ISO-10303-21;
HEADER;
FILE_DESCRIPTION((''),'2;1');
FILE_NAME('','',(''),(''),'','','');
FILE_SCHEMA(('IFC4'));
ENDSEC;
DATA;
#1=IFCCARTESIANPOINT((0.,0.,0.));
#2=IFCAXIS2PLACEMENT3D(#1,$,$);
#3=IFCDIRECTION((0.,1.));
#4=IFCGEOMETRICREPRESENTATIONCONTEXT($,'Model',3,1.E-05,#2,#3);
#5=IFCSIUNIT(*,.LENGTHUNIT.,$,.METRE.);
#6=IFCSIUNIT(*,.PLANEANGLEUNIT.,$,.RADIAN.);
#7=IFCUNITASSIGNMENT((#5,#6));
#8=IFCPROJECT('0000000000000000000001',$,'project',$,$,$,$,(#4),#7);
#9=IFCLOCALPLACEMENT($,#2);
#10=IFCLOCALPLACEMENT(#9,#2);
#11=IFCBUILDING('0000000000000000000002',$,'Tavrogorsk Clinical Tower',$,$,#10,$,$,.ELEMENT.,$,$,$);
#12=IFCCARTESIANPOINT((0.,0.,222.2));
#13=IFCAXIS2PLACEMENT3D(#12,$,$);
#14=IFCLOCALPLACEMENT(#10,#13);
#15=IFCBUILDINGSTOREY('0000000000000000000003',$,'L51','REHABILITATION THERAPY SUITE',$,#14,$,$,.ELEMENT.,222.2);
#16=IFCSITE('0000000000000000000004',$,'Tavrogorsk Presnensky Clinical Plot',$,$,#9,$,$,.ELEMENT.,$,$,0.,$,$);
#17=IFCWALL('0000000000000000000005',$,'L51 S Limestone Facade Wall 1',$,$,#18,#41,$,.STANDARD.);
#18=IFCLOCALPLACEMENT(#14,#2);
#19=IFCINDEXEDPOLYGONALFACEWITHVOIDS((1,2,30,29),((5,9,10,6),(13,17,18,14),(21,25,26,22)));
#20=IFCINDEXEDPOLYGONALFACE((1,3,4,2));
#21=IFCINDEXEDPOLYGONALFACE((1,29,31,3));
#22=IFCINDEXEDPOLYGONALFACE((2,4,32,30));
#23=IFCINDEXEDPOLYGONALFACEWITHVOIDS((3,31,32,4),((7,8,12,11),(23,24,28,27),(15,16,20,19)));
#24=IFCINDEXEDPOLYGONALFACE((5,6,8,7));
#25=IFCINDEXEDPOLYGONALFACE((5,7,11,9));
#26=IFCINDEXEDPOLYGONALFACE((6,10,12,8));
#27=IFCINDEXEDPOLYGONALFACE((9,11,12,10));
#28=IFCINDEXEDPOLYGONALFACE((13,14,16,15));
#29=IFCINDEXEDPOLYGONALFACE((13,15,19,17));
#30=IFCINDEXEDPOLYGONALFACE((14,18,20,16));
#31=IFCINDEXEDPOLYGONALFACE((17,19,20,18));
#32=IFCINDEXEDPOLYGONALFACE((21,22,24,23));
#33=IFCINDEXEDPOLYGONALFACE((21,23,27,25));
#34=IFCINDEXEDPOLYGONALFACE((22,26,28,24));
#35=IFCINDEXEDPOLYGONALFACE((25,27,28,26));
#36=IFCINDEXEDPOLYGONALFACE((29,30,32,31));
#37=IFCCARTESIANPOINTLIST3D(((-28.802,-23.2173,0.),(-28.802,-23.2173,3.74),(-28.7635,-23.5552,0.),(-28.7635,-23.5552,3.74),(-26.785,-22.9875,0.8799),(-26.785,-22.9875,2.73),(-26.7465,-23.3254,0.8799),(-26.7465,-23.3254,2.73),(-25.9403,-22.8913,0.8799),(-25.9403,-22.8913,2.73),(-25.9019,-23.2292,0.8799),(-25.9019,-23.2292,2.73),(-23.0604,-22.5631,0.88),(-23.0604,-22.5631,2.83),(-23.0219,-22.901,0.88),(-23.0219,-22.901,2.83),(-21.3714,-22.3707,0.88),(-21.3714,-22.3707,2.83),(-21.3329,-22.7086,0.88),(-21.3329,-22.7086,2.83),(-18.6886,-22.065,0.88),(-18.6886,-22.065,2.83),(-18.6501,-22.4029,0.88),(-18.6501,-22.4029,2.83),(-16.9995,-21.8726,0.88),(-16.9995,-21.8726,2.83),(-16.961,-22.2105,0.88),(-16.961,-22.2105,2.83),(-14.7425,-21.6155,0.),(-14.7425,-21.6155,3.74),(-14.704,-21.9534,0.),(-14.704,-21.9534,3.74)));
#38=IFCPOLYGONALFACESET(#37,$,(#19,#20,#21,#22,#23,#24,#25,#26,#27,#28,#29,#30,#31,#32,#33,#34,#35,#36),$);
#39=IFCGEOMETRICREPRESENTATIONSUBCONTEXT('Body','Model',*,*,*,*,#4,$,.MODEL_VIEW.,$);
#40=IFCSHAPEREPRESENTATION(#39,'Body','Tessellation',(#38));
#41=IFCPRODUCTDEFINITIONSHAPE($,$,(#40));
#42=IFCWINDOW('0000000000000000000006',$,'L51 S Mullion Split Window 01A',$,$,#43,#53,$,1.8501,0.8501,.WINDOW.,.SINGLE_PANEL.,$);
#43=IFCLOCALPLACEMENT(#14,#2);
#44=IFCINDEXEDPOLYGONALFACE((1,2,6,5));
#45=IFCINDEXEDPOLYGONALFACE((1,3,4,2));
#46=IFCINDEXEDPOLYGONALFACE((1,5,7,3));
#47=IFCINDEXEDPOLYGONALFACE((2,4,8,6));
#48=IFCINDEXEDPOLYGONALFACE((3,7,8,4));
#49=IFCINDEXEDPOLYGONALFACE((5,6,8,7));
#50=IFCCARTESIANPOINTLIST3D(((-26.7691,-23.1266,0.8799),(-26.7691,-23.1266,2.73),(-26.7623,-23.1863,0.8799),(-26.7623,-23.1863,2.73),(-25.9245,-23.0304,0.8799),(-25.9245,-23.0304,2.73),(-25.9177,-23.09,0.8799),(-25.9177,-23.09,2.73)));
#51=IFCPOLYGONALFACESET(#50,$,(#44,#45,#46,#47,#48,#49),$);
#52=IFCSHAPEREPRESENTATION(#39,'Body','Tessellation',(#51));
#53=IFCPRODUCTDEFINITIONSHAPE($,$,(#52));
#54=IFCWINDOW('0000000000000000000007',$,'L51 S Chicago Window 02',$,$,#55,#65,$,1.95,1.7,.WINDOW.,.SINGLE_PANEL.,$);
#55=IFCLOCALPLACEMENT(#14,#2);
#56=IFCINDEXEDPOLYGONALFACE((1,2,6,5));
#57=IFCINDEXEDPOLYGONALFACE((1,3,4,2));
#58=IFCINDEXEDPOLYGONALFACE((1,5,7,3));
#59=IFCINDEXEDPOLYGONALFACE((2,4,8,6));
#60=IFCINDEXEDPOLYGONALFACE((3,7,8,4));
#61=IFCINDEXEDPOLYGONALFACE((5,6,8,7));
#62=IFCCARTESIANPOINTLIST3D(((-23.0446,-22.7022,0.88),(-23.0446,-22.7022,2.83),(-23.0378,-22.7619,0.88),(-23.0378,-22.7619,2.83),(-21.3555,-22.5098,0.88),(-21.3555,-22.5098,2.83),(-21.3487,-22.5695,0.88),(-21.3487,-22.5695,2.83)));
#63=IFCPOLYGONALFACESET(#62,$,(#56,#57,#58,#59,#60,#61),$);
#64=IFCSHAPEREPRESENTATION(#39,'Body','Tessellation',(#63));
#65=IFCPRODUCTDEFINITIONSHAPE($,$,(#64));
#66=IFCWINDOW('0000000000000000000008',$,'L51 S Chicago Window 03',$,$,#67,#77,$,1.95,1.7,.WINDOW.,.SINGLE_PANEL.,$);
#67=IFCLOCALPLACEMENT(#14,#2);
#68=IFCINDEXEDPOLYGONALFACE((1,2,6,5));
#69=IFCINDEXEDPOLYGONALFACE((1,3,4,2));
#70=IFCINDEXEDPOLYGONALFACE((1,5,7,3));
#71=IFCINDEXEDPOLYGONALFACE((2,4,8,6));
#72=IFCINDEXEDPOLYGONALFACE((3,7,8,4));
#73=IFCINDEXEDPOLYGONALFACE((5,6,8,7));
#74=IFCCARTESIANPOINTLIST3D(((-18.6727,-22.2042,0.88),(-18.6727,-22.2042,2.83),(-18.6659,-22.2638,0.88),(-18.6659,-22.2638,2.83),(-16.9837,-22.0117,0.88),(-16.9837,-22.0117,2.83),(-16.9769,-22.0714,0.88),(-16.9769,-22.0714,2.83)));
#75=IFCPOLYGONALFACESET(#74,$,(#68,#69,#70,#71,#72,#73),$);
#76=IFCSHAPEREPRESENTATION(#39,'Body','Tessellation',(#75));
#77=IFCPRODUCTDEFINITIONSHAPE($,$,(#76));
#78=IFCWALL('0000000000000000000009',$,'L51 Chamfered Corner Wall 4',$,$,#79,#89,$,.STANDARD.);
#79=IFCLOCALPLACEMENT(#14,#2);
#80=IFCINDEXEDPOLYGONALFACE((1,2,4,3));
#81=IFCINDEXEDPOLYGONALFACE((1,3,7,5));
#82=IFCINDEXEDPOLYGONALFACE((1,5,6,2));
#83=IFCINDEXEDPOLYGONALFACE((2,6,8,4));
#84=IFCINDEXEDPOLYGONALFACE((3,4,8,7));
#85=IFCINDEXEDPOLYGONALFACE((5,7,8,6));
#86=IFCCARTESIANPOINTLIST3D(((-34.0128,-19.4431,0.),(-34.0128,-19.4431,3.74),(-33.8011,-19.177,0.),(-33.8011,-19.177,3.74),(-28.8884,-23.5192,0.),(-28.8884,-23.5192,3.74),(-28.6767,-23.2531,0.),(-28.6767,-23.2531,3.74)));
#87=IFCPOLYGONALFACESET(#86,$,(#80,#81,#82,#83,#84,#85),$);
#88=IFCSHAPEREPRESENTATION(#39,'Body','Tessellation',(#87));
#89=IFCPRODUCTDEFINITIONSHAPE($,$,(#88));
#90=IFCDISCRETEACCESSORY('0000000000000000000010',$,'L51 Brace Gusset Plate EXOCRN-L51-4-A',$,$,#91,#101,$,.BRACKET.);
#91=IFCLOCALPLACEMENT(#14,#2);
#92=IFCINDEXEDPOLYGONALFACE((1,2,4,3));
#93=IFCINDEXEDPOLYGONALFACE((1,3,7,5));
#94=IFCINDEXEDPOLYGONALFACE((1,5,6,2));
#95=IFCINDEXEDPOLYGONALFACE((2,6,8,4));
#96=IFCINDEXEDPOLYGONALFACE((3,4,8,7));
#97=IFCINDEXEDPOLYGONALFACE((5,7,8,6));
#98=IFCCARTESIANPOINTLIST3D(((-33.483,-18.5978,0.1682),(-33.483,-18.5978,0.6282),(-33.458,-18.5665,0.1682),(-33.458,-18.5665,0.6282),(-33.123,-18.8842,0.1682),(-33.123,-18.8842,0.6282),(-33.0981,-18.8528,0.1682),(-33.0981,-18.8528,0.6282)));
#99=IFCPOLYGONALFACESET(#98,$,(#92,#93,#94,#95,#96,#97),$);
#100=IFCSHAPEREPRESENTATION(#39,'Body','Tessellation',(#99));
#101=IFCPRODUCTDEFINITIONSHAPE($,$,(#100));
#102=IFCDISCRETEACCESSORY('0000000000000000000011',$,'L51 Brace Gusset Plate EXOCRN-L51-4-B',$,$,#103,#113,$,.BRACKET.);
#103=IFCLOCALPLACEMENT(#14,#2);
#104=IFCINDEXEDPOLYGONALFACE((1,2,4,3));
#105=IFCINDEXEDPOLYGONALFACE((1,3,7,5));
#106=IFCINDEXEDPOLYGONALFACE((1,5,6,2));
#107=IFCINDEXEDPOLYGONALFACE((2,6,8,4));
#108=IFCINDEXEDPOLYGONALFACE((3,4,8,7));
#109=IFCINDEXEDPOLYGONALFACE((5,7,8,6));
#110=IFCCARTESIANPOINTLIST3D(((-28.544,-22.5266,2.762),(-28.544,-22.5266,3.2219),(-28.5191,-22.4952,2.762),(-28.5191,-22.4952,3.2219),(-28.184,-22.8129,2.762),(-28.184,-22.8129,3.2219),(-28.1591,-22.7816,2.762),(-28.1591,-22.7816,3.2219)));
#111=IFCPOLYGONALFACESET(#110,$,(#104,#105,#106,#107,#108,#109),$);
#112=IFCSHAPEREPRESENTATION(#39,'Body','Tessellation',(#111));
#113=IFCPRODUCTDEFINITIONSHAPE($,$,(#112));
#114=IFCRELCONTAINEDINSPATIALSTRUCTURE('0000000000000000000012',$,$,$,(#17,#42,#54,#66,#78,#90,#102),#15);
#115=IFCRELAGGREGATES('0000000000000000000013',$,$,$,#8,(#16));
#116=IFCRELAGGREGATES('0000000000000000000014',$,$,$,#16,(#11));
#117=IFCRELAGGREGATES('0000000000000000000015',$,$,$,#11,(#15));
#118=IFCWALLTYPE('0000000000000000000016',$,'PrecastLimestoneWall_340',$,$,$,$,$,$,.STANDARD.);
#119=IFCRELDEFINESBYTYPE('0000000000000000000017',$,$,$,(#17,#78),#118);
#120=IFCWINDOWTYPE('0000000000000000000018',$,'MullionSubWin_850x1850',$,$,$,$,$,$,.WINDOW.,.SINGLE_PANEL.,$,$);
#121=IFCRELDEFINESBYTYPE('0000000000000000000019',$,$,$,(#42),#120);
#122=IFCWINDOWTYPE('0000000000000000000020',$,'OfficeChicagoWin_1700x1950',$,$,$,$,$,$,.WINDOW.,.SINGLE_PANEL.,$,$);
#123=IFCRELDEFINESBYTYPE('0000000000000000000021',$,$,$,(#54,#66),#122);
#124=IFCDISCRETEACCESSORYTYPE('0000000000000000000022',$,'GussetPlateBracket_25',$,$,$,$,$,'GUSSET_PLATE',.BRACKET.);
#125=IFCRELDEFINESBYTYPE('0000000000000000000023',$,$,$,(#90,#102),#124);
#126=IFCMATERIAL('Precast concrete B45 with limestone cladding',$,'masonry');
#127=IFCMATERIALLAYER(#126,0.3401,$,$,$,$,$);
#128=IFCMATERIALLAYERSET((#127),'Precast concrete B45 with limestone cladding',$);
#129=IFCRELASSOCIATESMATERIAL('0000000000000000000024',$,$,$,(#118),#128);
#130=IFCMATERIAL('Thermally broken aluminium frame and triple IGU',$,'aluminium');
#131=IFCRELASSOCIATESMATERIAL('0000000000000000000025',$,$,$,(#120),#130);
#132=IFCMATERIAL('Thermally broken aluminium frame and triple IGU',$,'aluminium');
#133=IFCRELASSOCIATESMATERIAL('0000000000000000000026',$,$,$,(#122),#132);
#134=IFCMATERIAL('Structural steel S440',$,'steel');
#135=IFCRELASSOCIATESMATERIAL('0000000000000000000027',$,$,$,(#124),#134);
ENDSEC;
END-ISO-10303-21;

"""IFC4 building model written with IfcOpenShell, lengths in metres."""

from ifc_helpers import new_model, si_unit, direction, frame, frame_2d, origin, origin_2d, place, context, subcontext, project, spatial, rectangle, extrude, material, layer, layer_set, type_object, element, fill, save


model = new_model("IFC4")

# Units and contexts
model_context = context("Model", 3, precision=1e-05, world=origin(), true_north=direction((0.0, 1.0)))
body_context = subcontext(model_context, "Body", "Model", "MODEL_VIEW")
ifc_project = project(units=[si_unit("LENGTHUNIT", "METRE"), si_unit("PLANEANGLEUNIT", "RADIAN")], contexts=[model_context])

# Site, building, storey
site_placement = place(None, origin())
site = spatial("IfcSite", under=ifc_project, at=site_placement, Name="Tavrogorsk Presnensky Clinical Plot", CompositionType="ELEMENT", RefElevation=0.0)
building_placement = place(site_placement, origin())
building = spatial("IfcBuilding", under=site, at=building_placement, Name="Tavrogorsk Clinical Tower", CompositionType="ELEMENT")
storey_placement = place(building_placement, frame((0.0, 0.0, 222.2)))
storey = spatial("IfcBuildingStorey", under=building, at=storey_placement, Name="L51", Description="REHABILITATION THERAPY SUITE", CompositionType="ELEMENT", Elevation=222.2)

# Wall, openings, windows
ifc_material_1 = material(Name="Precast concrete B45 with limestone cladding", Category="masonry")
ifc_layer_1 = layer(ifc_material_1, 0.3401)
ifc_layer_set_1 = layer_set([ifc_layer_1], Name="Precast concrete B45 with limestone cladding")
wall_type_1 = type_object("IfcWallType", Name="PrecastLimestoneWall_340", PredefinedType="STANDARD", material=ifc_layer_set_1)
wall_1_placement = place(storey_placement, frame((-28.7827, -23.3862, 0.0), z_axis=(0.0, 0.0, 1.0), x_axis=(0.993572, 0.1132, 0.0)))
wall_1 = element("IfcWall", 1, at=wall_1_placement, inside=storey, type_object=wall_type_1, Name="L51 S Limestone Facade Wall 1", PredefinedType="STANDARD", context=body_context, shape_type="SweptSolid", body=[
    extrude(rectangle(XDim=14.1504, YDim=0.3401, at=frame_2d((7.0752, 0.0))), origin(), (0.0, 0.0, 1.0), 3.74),
])
opening_1_placement = place(wall_1_placement, frame((2.03, 0.0, 0.8799)))
opening_1 = element("IfcOpeningElement", 2, at=opening_1_placement, cuts=wall_1, PredefinedType="OPENING", context=body_context, shape_type="SweptSolid", body=[
    extrude(rectangle(XDim=0.8501, YDim=1.8501, at=frame_2d((0.425, 0.925))), frame((0.0, 0.1799, 0.0), z_axis=(0.0, -1.0, 0.0), x_axis=(1.0, 0.0, 0.0)), (0.0, 0.0, 1.0), 0.3601),
])
opening_2_placement = place(wall_1_placement, frame((5.7786, 0.0, 0.8799)))
opening_2 = element("IfcOpeningElement", 3, at=opening_2_placement, cuts=wall_1, PredefinedType="OPENING", context=body_context, shape_type="SweptSolid", body=[
    extrude(rectangle(XDim=1.7, YDim=1.95, at=frame_2d((0.8501, 0.9751))), frame((0.0, 0.1799, 0.0), z_axis=(0.0, -1.0, 0.0), x_axis=(1.0, 0.0, 0.0)), (0.0, 0.0, 1.0), 0.3601),
])
opening_3_placement = place(wall_1_placement, frame((10.1787, 0.0, 0.8799)))
opening_3 = element("IfcOpeningElement", 4, at=opening_3_placement, cuts=wall_1, PredefinedType="OPENING", context=body_context, shape_type="SweptSolid", body=[
    extrude(rectangle(XDim=1.7, YDim=1.95, at=frame_2d((0.8501, 0.9751))), frame((0.0, 0.1799, 0.0), z_axis=(0.0, -1.0, 0.0), x_axis=(1.0, 0.0, 0.0)), (0.0, 0.0, 1.0), 0.3601),
])
ifc_material_2 = material(Name="Thermally broken aluminium frame and triple IGU", Category="aluminium")
window_type_1 = type_object("IfcWindowType", Name="MullionSubWin_850x1850", PartitioningType="SINGLE_PANEL", PredefinedType="WINDOW", material=ifc_material_2)
window_1_placement = place(opening_1_placement, origin())
window_1 = element("IfcWindow", 5, at=window_1_placement, inside=storey, type_object=window_type_1, Name="L51 S Mullion Split Window 01A", OverallHeight=1.8501, OverallWidth=0.8501, PartitioningType="SINGLE_PANEL", PredefinedType="WINDOW", context=body_context, shape_type="SweptSolid", body=[
    extrude(rectangle(XDim=0.8501, YDim=1.8501, at=frame_2d((0.425, 0.925))), frame((0.0, 0.03, 0.0), z_axis=(0.0, -1.0, 0.0), x_axis=(1.0, 0.0, 0.0)), (0.0, 0.0, 1.0), 0.0601),
])
fill(opening_1, window_1)
ifc_material_3 = material(Name="Thermally broken aluminium frame and triple IGU", Category="aluminium")
window_type_2 = type_object("IfcWindowType", Name="OfficeChicagoWin_1700x1950", PartitioningType="SINGLE_PANEL", PredefinedType="WINDOW", material=ifc_material_3)
window_2_placement = place(opening_2_placement, origin())
window_2 = element("IfcWindow", 6, at=window_2_placement, inside=storey, type_object=window_type_2, Name="L51 S Chicago Window 02", OverallHeight=1.95, OverallWidth=1.7, PartitioningType="SINGLE_PANEL", PredefinedType="WINDOW", context=body_context, shape_type="SweptSolid", body=[
    extrude(rectangle(XDim=1.7, YDim=1.95, at=frame_2d((0.8501, 0.9751))), frame((0.0, 0.03, 0.0), z_axis=(0.0, -1.0, 0.0), x_axis=(1.0, 0.0, 0.0)), (0.0, 0.0, 1.0), 0.0601),
])
fill(opening_2, window_2)
window_3_placement = place(opening_3_placement, origin())
window_3 = element("IfcWindow", 7, at=window_3_placement, inside=storey, type_object=window_type_2, Name="L51 S Chicago Window 03", OverallHeight=1.95, OverallWidth=1.7, PartitioningType="SINGLE_PANEL", PredefinedType="WINDOW", context=body_context, shape_type="SweptSolid", body=[
    extrude(rectangle(XDim=1.7, YDim=1.95, at=frame_2d((0.8501, 0.9751))), frame((0.0, 0.03, 0.0), z_axis=(0.0, -1.0, 0.0), x_axis=(1.0, 0.0, 0.0)), (0.0, 0.0, 1.0), 0.0601),
])
fill(opening_3, window_3)

# Wall
wall_2_placement = place(storey_placement, frame((-33.907, -19.3101, 0.0), z_axis=(0.0, 0.0, 1.0), x_axis=(0.782612, -0.62251, 0.0)))
element("IfcWall", 8, at=wall_2_placement, inside=storey, type_object=wall_type_1, Name="L51 Chamfered Corner Wall 4", PredefinedType="STANDARD", context=body_context, shape_type="SweptSolid", body=[
    extrude(rectangle(XDim=6.5479, YDim=0.3401, at=frame_2d((3.2739, 0.0))), origin(), (0.0, 0.0, 1.0), 3.74),
])

# Discrete accessories
ifc_material_4 = material(Name="Structural steel S440", Category="steel")
discrete_accessory_type = type_object("IfcDiscreteAccessoryType", Name="GussetPlateBracket_25", ElementType="GUSSET_PLATE", PredefinedType="BRACKET", material=ifc_material_4)
for number, where, z_axis, x_axis, name in (
    (9, (-33.2905, -18.7253, 0.1682), (0.0, 0.0, 1.0), (0.782608, -0.622515, 0.0), "L51 Brace Gusset Plate EXOCRN-L51-4-A"),
    (10, (-28.3516, -22.6541, 2.762), (0.0, 0.0, 1.0), (0.782608, -0.622515, 0.0), "L51 Brace Gusset Plate EXOCRN-L51-4-B"),
):
    element("IfcDiscreteAccessory", number, at=place(storey_placement, frame(where, z_axis=z_axis, x_axis=x_axis)), inside=storey, type_object=discrete_accessory_type, Name=name, PredefinedType="BRACKET", context=body_context, shape_type="SweptSolid", body=[
        extrude(rectangle(XDim=0.46, YDim=0.04, at=origin_2d()), origin(), (0.0, 0.0, 1.0), 0.46),
    ])

save(model, "model.ifc")
